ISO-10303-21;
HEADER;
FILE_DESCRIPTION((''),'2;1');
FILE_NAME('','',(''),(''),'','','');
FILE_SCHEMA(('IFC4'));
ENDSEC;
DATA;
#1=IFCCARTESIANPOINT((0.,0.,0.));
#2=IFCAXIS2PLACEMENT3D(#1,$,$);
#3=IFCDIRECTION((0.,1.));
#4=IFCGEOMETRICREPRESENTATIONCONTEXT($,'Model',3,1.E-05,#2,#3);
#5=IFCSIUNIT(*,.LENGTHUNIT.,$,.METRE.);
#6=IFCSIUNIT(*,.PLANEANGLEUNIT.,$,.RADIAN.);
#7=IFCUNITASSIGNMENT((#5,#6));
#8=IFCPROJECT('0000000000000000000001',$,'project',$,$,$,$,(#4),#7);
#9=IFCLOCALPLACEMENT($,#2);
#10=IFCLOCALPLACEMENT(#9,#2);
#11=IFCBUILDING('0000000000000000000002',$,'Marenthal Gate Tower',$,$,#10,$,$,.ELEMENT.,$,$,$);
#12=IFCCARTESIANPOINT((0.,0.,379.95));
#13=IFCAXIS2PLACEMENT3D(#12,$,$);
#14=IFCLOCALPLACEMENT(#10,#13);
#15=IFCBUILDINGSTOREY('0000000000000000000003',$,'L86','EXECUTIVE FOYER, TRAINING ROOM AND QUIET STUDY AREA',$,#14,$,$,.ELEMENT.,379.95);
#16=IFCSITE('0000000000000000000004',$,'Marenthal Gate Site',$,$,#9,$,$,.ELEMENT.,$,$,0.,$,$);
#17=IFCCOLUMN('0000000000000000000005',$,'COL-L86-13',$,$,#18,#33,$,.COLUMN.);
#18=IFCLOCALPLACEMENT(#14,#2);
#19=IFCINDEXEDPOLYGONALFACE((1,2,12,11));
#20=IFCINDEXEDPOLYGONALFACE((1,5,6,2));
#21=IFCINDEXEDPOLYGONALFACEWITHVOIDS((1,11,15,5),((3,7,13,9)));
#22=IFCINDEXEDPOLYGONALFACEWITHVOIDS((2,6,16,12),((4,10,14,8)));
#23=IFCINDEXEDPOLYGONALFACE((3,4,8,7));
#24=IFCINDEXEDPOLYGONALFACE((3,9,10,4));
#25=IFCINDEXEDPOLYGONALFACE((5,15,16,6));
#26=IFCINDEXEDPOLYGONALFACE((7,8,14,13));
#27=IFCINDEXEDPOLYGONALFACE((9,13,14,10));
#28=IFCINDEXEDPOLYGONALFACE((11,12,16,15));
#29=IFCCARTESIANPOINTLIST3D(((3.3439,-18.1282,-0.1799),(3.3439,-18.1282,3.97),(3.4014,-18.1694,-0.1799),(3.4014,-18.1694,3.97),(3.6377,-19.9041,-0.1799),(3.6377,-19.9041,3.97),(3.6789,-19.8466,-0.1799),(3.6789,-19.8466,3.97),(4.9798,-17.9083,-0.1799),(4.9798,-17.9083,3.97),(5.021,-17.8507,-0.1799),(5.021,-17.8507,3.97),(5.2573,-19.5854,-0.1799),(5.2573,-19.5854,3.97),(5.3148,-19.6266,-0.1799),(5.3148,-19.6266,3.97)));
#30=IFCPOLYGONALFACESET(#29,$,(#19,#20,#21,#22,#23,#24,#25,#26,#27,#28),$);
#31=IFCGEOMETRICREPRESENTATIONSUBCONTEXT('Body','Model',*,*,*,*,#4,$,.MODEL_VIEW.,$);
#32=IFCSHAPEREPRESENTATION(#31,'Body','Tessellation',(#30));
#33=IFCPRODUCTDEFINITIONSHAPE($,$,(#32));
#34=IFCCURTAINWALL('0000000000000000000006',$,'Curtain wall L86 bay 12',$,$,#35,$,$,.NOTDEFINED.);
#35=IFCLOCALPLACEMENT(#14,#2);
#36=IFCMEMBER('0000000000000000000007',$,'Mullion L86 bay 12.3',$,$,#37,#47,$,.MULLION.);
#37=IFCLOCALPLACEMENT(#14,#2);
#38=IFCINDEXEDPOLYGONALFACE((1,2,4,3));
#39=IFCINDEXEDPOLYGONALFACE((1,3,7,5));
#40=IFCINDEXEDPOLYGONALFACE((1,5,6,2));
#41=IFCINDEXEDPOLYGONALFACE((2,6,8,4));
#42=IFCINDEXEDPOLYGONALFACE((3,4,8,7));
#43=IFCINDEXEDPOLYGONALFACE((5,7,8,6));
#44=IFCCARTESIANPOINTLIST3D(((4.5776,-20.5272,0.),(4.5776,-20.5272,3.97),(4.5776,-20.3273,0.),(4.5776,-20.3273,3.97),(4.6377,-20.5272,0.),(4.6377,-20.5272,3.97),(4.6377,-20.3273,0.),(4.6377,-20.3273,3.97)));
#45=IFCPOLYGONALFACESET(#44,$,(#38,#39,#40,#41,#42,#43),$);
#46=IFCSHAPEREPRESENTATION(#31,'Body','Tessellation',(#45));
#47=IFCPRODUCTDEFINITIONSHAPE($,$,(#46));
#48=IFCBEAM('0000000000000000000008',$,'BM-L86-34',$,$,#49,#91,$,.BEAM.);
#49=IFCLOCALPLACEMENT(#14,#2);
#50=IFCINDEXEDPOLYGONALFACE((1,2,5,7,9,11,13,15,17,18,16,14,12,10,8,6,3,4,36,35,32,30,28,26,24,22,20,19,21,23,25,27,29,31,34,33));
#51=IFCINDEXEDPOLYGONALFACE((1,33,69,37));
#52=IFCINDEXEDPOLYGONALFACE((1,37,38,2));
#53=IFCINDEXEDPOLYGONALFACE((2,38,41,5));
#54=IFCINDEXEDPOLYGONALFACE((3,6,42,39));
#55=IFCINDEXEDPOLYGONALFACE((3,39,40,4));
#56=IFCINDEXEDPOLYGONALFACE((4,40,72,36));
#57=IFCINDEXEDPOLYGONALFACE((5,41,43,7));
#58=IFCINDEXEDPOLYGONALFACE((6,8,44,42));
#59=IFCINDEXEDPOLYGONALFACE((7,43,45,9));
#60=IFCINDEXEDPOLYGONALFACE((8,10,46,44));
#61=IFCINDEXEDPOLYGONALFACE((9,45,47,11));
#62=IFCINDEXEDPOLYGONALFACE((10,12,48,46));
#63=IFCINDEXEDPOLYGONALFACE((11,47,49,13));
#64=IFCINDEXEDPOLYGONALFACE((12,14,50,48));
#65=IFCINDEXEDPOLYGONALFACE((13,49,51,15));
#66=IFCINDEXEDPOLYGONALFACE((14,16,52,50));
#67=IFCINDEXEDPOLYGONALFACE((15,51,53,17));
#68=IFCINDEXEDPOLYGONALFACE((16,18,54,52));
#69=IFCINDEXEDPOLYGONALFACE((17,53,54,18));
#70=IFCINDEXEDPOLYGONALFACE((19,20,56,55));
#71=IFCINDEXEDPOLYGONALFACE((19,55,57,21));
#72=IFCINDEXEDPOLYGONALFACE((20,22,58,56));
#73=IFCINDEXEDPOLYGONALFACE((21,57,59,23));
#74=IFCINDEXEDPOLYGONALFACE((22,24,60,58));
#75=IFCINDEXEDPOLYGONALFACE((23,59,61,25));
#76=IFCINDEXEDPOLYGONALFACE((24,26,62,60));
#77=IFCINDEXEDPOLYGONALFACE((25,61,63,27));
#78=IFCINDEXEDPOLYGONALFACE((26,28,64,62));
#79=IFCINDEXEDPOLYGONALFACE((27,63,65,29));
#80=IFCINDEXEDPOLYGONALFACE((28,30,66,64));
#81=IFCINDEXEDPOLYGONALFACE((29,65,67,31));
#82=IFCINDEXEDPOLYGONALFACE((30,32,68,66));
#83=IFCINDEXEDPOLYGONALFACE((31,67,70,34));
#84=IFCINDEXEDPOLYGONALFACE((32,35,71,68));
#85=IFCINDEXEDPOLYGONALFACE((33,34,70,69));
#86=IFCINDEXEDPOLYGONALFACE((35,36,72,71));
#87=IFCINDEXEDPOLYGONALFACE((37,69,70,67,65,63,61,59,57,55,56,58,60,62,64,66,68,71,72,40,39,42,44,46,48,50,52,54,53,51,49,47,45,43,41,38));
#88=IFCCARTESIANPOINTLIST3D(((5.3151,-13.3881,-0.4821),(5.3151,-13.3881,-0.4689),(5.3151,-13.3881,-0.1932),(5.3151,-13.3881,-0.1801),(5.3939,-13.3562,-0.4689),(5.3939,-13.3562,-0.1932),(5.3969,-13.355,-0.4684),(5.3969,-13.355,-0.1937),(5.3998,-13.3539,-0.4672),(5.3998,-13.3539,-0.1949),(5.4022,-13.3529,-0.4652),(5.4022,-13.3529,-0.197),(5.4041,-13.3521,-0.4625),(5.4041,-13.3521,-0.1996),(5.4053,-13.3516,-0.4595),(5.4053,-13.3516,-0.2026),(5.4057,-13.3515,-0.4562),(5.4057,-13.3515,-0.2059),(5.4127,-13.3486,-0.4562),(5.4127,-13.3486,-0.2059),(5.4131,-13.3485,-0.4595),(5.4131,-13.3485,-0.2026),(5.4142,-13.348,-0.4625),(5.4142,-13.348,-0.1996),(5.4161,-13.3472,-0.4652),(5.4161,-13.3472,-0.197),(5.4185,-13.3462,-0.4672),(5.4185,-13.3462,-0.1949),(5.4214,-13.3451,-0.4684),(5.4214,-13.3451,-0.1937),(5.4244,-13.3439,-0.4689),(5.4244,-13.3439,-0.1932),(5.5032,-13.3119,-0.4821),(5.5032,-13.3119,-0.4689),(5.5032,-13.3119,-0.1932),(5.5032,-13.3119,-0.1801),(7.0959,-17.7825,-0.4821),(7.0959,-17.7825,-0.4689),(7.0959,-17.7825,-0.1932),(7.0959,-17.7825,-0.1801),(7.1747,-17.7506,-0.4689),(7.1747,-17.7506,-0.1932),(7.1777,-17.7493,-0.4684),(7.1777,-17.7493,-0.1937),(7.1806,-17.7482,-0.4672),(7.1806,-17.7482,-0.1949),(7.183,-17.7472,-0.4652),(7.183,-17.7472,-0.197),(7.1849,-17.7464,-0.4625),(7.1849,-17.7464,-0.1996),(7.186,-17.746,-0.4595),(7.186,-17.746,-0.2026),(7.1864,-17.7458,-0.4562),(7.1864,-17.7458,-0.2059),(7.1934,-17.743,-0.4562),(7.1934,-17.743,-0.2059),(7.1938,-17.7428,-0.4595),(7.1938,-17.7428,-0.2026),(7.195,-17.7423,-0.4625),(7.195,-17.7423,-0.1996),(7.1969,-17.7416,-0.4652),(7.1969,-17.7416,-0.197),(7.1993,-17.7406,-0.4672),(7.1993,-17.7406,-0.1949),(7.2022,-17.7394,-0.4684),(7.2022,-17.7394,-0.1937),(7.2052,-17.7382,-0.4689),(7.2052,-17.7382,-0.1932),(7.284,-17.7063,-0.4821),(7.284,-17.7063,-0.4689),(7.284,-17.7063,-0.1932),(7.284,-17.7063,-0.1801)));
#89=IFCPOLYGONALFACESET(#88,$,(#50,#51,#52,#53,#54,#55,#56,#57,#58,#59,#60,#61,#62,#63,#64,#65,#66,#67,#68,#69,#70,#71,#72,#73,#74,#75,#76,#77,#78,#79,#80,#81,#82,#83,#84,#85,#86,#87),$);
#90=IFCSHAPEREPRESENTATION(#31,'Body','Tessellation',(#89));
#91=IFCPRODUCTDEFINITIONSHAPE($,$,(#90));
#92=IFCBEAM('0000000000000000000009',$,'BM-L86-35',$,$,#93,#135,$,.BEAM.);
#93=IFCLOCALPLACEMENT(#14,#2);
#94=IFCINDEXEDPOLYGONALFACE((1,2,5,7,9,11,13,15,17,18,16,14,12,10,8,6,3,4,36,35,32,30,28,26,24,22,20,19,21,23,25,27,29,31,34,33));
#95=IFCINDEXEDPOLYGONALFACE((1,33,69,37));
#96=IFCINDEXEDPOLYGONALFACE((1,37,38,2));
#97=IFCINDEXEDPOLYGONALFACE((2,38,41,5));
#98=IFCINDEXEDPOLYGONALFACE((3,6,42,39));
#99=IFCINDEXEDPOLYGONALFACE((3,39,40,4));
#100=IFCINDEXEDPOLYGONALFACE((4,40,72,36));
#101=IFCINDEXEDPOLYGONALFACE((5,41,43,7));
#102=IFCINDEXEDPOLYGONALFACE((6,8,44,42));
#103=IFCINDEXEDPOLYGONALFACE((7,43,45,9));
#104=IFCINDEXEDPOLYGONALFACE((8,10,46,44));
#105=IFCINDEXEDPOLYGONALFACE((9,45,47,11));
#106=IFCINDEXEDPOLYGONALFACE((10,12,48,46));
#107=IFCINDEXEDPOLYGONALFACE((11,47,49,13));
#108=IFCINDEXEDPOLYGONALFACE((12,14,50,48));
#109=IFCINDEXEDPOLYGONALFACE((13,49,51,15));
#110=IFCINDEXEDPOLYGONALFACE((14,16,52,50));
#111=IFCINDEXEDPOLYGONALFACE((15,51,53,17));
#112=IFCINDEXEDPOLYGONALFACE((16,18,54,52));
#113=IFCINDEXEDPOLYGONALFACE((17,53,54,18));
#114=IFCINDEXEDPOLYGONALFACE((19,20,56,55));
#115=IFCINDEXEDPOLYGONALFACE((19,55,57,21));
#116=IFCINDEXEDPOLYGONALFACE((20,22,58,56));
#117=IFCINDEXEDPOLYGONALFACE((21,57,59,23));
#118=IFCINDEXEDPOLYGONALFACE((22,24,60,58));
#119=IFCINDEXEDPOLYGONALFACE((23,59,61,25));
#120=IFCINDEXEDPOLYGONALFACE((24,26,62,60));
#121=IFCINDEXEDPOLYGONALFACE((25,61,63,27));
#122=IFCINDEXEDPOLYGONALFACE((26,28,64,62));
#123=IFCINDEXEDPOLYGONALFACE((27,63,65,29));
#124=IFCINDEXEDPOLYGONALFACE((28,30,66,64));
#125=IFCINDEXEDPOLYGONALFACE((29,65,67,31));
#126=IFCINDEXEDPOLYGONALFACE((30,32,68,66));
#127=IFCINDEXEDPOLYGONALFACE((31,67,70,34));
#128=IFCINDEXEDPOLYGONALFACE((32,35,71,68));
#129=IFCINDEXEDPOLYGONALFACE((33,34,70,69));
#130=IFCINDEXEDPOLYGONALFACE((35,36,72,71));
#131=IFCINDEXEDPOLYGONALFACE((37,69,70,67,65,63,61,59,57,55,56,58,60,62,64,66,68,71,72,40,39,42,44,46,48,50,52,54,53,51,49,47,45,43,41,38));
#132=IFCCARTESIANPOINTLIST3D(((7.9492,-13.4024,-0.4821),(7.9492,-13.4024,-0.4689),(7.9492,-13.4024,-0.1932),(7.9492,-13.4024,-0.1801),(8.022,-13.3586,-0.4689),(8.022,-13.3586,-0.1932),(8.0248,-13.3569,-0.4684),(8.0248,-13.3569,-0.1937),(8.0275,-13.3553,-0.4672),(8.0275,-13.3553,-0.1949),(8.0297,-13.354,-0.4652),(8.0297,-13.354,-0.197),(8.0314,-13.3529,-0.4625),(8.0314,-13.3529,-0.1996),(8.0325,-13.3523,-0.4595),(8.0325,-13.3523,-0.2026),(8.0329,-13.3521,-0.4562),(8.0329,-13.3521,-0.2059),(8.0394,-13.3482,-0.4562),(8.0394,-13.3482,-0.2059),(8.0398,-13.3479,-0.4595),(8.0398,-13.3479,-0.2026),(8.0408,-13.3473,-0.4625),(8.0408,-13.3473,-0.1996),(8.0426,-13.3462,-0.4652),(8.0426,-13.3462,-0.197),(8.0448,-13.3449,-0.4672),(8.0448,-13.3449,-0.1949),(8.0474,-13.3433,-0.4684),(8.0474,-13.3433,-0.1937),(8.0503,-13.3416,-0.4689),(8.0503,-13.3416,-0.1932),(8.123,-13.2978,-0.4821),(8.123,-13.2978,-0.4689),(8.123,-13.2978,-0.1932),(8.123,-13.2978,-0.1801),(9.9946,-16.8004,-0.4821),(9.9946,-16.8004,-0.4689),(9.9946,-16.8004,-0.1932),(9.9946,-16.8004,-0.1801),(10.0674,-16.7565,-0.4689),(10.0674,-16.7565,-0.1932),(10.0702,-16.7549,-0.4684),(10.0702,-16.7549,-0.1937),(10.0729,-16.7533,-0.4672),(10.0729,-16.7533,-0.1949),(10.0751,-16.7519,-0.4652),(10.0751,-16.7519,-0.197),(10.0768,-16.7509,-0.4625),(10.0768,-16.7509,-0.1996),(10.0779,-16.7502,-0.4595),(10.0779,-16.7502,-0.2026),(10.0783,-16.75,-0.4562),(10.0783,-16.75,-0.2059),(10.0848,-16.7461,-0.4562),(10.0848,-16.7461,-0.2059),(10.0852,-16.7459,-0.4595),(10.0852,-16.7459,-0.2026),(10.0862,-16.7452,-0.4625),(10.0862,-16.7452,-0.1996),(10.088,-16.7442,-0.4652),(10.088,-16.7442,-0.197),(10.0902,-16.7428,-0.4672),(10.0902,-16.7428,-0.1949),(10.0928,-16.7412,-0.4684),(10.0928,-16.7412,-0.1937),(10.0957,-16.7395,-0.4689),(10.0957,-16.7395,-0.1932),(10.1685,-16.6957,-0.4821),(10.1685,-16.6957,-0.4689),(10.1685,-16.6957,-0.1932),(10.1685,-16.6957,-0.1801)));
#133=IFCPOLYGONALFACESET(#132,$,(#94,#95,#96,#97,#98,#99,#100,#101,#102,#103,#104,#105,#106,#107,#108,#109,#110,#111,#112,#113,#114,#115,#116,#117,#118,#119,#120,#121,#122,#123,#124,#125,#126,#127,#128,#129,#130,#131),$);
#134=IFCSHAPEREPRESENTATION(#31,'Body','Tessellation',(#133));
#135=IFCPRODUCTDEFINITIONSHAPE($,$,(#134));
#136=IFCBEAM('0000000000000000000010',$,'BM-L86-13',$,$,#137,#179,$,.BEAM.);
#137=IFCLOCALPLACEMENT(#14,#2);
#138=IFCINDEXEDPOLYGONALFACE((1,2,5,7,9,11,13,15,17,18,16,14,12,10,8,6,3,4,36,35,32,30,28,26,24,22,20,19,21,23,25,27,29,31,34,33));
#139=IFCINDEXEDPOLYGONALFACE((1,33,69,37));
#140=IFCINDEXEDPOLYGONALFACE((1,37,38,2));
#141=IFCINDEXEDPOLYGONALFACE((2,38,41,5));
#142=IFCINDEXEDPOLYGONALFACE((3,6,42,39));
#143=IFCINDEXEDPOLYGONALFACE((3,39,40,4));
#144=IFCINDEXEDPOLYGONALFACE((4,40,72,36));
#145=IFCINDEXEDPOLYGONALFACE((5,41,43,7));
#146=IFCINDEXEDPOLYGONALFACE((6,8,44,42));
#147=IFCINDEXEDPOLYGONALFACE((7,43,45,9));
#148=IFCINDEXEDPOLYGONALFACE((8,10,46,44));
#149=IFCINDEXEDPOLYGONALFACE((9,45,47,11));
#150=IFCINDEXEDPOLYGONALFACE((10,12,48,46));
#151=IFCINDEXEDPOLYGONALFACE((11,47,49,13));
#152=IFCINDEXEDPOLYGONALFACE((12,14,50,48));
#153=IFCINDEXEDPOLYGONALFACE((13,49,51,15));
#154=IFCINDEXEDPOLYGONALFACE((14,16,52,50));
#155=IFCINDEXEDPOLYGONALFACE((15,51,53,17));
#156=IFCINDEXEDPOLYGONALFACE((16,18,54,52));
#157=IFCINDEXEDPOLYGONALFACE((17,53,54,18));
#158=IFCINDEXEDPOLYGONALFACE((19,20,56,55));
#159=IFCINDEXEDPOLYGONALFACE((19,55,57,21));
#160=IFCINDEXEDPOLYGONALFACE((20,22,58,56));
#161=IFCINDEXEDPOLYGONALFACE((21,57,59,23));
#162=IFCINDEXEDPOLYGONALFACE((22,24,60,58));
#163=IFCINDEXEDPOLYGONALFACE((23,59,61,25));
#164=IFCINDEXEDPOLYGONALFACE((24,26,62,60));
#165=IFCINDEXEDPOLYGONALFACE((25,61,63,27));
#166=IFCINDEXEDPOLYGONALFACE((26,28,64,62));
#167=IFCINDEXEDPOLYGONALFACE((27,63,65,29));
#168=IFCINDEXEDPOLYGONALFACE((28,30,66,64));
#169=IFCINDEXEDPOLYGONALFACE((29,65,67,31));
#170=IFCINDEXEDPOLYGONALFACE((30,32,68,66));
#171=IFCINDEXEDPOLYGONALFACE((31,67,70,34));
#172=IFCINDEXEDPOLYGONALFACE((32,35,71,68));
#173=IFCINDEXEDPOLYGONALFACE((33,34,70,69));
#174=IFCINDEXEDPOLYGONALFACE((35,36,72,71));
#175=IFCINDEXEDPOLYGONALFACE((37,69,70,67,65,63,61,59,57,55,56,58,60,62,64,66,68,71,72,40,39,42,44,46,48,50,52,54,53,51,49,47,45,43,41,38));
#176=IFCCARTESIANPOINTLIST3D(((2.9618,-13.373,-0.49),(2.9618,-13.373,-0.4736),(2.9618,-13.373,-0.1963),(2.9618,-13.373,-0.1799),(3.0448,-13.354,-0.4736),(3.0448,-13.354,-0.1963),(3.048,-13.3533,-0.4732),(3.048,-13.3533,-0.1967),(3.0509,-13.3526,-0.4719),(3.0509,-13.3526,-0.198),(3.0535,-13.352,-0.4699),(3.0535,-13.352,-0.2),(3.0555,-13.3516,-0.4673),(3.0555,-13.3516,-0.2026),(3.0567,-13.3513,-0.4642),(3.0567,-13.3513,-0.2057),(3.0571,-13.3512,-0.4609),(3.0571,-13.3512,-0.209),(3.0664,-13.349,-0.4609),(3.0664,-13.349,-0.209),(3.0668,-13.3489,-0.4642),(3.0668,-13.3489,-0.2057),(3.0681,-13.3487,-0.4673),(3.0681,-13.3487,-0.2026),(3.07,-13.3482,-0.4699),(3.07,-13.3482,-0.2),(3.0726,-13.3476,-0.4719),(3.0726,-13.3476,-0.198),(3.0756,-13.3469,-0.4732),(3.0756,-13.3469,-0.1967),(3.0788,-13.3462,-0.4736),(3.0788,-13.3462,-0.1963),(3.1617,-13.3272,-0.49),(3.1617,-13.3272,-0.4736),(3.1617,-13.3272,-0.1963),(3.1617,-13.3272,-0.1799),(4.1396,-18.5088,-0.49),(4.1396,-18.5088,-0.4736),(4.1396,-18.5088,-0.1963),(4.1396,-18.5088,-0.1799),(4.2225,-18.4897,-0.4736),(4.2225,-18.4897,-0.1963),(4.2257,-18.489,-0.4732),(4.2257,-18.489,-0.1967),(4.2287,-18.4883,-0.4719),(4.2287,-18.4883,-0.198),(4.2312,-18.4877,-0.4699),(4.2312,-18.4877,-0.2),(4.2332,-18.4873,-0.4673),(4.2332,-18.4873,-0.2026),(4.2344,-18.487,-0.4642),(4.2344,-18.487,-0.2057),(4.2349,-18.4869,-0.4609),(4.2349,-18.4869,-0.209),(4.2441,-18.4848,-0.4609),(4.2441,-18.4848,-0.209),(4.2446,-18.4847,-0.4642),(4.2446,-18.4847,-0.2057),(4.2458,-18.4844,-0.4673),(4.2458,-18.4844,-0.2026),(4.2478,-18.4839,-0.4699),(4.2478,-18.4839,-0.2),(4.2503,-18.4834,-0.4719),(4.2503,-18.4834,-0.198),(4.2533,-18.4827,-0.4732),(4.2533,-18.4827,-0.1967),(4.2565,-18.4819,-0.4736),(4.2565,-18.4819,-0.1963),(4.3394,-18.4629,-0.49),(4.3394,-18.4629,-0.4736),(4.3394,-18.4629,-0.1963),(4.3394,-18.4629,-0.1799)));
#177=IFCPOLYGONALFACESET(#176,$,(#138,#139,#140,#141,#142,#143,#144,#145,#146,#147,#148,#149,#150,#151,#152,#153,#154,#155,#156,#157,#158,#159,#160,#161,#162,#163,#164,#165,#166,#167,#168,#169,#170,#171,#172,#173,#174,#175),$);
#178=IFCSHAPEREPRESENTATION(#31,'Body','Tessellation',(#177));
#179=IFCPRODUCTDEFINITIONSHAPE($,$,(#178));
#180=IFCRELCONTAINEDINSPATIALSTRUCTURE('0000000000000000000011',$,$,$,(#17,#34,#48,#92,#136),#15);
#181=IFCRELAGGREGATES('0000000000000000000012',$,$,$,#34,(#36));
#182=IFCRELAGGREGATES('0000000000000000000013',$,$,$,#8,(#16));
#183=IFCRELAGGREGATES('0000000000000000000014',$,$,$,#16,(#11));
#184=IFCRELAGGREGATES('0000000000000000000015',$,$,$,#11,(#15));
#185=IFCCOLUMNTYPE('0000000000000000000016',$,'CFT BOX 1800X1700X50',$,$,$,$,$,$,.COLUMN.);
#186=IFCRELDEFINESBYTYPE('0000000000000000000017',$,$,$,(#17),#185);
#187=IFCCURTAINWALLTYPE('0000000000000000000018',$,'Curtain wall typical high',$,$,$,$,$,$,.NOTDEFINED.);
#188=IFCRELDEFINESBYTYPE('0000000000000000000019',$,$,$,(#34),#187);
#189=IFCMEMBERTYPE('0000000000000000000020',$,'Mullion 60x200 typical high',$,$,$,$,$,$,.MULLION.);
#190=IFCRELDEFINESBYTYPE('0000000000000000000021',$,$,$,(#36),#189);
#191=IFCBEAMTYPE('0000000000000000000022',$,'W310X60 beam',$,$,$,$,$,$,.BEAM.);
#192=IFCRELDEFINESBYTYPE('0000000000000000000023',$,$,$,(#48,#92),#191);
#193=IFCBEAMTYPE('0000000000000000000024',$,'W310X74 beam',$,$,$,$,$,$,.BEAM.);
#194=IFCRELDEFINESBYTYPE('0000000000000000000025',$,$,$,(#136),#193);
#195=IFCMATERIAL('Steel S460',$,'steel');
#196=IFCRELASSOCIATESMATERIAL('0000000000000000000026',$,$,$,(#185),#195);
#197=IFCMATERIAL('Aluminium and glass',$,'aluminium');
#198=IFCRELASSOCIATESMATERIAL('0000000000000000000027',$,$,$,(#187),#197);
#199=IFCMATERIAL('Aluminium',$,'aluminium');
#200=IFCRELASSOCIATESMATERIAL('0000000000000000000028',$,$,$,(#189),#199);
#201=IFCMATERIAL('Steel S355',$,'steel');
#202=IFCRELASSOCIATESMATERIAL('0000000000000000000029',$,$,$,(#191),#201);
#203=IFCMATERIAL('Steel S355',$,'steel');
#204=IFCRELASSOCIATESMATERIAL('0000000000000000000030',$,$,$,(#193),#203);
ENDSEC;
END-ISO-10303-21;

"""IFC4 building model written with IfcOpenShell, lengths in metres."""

from ifc_helpers import new_model, si_unit, direction, frame, origin, origin_2d, place, context, subcontext, project, spatial, rectangle, hollow_rectangle, i_section, extrude, material, material_profile, profile_set, type_object, element, aggregate, save


model = new_model("IFC4")

# Units and contexts
model_context = context("Model", 3, precision=1e-05, world=origin(), true_north=direction((0.0, 1.0)))
body_context = subcontext(model_context, "Body", "Model", "MODEL_VIEW")
ifc_project = project(units=[si_unit("LENGTHUNIT", "METRE"), si_unit("PLANEANGLEUNIT", "RADIAN")], contexts=[model_context])

# Site, building, storey
site_placement = place(None, origin())
site = spatial("IfcSite", under=ifc_project, at=site_placement, Name="Marenthal Gate Site", CompositionType="ELEMENT", RefElevation=0.0)
building_placement = place(site_placement, origin())
building = spatial("IfcBuilding", under=site, at=building_placement, Name="Marenthal Gate Tower", CompositionType="ELEMENT")
storey_placement = place(building_placement, frame((0.0, 0.0, 379.95)))
storey = spatial("IfcBuildingStorey", under=building, at=storey_placement, Name="L86", Description="EXECUTIVE FOYER, TRAINING ROOM AND QUIET STUDY AREA", CompositionType="ELEMENT", Elevation=379.95)

# Column
ifc_material_1 = material(Name="Steel S460", Category="steel")
ifc_material_profile_1 = material_profile(ifc_material_1, hollow_rectangle(XDim=1.7, YDim=1.8, WallThickness=0.05, at=origin_2d()), Name="CFT BOX 1800X1700X50")
ifc_material_2 = material(Name="Concrete 70 MPa", Category="concrete")
ifc_material_profile_2 = material_profile(ifc_material_2, rectangle(XDim=1.6001, YDim=1.7, at=origin_2d()), Name="CFT BOX 1800X1700X50 INFILL")
ifc_profile_set_1 = profile_set([ifc_material_profile_1, ifc_material_profile_2], Name="Steel S460 shell, Concrete 70 MPa infill")
column_type = type_object("IfcColumnType", Name="CFT BOX 1800X1700X50", PredefinedType="COLUMN", material=ifc_profile_set_1)
column_placement = place(storey_placement, frame((4.3293, -18.8774, -0.1799), z_axis=(0.0, 0.0, 1.0), x_axis=(-0.986586, -0.16324, 0.0)))
element("IfcColumn", 1, at=column_placement, inside=storey, type_object=column_type, Name="COL-L86-13", PredefinedType="COLUMN", context=body_context, shape_type="SweptSolid", body=[
    extrude(hollow_rectangle(XDim=1.7, YDim=1.8, WallThickness=0.05, at=origin_2d()), origin(), (0.0, 0.0, 1.0), 4.1499),
])

# Curtain wall, member
ifc_material_3 = material(Name="Aluminium and glass", Category="aluminium")
curtain_wall_type = type_object("IfcCurtainWallType", Name="Curtain wall typical high", PredefinedType="NOTDEFINED", material=ifc_material_3)
curtain_wall_placement = place(storey_placement, origin())
curtain_wall = element("IfcCurtainWall", 2, at=curtain_wall_placement, inside=storey, type_object=curtain_wall_type, Name="Curtain wall L86 bay 12", PredefinedType="NOTDEFINED")
ifc_material_4 = material(Name="Aluminium", Category="aluminium")
ifc_material_profile_3 = material_profile(ifc_material_4, rectangle(XDim=0.2, YDim=0.0601, at=origin_2d()), Name="60x200 aluminium mullion")
ifc_profile_set_2 = profile_set([ifc_material_profile_3], Name="Aluminium")
member_type = type_object("IfcMemberType", Name="Mullion 60x200 typical high", PredefinedType="MULLION", material=ifc_profile_set_2)
member_placement = place(storey_placement, frame((4.6077, -20.4272, 0.0), z_axis=(0.0, 0.0, 1.0), x_axis=(0.0, 1.0, 0.0)))
member = element("IfcMember", 3, at=member_placement, type_object=member_type, Name="Mullion L86 bay 12.3", PredefinedType="MULLION", context=body_context, shape_type="SweptSolid", body=[
    extrude(rectangle(XDim=0.2, YDim=0.0601, at=origin_2d()), origin(), (0.0, 0.0, 1.0), 3.97),
])

# Beams
ifc_material_5 = material(Name="Steel S355", Category="steel")
ifc_material_profile_4 = material_profile(ifc_material_5, i_section(OverallWidth=0.2029, OverallDepth=0.302, WebThickness=0.0076, FlangeThickness=0.0132, FilletRadius=0.0127, at=origin_2d()), Name="W310X60")
ifc_profile_set_3 = profile_set([ifc_material_profile_4], Name="Steel S355")
beam_type_1 = type_object("IfcBeamType", Name="W310X60 beam", PredefinedType="BEAM", material=ifc_profile_set_3)
beam_1_placement = place(storey_placement, frame((7.1899, -17.7444, -0.3311), z_axis=(-0.375577, 0.926791, 0.0), x_axis=(-0.926791, -0.375577, 0.0)))
element("IfcBeam", 4, at=beam_1_placement, inside=storey, type_object=beam_type_1, Name="BM-L86-34", PredefinedType="BEAM", context=body_context, shape_type="SweptSolid", body=[
    extrude(i_section(OverallWidth=0.2029, OverallDepth=0.302, WebThickness=0.0076, FlangeThickness=0.0132, FilletRadius=0.0127, at=origin_2d()), origin(), (0.0, 0.0, 1.0), 4.7415),
])
beam_2_placement = place(storey_placement, frame((10.0815, -16.748, -0.3311), z_axis=(-0.515726, 0.856753, 0.0), x_axis=(-0.856753, -0.515726, 0.0)))
element("IfcBeam", 5, at=beam_2_placement, inside=storey, type_object=beam_type_1, Name="BM-L86-35", PredefinedType="BEAM", context=body_context, shape_type="SweptSolid", body=[
    extrude(i_section(OverallWidth=0.2029, OverallDepth=0.302, WebThickness=0.0076, FlangeThickness=0.0132, FilletRadius=0.0127, at=origin_2d()), origin(), (0.0, 0.0, 1.0), 3.9661),
])
ifc_material_6 = material(Name="Steel S355", Category="steel")
ifc_material_profile_5 = material_profile(ifc_material_6, i_section(OverallWidth=0.2051, OverallDepth=0.3101, WebThickness=0.0095, FlangeThickness=0.0164, FilletRadius=0.0127, at=origin_2d()), Name="W310X74")
ifc_profile_set_4 = profile_set([ifc_material_profile_5], Name="Steel S355")
beam_type_2 = type_object("IfcBeamType", Name="W310X74 beam", PredefinedType="BEAM", material=ifc_profile_set_4)
beam_3_placement = place(storey_placement, frame((4.2395, -18.4858, -0.335), z_axis=(-0.223519, 0.9747, 0.0), x_axis=(-0.9747, -0.223519, 0.0)))
element("IfcBeam", 6, at=beam_3_placement, inside=storey, type_object=beam_type_2, Name="BM-L86-13", PredefinedType="BEAM", context=body_context, shape_type="SweptSolid", body=[
    extrude(i_section(OverallWidth=0.2051, OverallDepth=0.3101, WebThickness=0.0095, FlangeThickness=0.0164, FilletRadius=0.0127, at=origin_2d()), origin(), (0.0, 0.0, 1.0), 5.269),
])

aggregate(curtain_wall, [member])

save(model, "model.ifc")
